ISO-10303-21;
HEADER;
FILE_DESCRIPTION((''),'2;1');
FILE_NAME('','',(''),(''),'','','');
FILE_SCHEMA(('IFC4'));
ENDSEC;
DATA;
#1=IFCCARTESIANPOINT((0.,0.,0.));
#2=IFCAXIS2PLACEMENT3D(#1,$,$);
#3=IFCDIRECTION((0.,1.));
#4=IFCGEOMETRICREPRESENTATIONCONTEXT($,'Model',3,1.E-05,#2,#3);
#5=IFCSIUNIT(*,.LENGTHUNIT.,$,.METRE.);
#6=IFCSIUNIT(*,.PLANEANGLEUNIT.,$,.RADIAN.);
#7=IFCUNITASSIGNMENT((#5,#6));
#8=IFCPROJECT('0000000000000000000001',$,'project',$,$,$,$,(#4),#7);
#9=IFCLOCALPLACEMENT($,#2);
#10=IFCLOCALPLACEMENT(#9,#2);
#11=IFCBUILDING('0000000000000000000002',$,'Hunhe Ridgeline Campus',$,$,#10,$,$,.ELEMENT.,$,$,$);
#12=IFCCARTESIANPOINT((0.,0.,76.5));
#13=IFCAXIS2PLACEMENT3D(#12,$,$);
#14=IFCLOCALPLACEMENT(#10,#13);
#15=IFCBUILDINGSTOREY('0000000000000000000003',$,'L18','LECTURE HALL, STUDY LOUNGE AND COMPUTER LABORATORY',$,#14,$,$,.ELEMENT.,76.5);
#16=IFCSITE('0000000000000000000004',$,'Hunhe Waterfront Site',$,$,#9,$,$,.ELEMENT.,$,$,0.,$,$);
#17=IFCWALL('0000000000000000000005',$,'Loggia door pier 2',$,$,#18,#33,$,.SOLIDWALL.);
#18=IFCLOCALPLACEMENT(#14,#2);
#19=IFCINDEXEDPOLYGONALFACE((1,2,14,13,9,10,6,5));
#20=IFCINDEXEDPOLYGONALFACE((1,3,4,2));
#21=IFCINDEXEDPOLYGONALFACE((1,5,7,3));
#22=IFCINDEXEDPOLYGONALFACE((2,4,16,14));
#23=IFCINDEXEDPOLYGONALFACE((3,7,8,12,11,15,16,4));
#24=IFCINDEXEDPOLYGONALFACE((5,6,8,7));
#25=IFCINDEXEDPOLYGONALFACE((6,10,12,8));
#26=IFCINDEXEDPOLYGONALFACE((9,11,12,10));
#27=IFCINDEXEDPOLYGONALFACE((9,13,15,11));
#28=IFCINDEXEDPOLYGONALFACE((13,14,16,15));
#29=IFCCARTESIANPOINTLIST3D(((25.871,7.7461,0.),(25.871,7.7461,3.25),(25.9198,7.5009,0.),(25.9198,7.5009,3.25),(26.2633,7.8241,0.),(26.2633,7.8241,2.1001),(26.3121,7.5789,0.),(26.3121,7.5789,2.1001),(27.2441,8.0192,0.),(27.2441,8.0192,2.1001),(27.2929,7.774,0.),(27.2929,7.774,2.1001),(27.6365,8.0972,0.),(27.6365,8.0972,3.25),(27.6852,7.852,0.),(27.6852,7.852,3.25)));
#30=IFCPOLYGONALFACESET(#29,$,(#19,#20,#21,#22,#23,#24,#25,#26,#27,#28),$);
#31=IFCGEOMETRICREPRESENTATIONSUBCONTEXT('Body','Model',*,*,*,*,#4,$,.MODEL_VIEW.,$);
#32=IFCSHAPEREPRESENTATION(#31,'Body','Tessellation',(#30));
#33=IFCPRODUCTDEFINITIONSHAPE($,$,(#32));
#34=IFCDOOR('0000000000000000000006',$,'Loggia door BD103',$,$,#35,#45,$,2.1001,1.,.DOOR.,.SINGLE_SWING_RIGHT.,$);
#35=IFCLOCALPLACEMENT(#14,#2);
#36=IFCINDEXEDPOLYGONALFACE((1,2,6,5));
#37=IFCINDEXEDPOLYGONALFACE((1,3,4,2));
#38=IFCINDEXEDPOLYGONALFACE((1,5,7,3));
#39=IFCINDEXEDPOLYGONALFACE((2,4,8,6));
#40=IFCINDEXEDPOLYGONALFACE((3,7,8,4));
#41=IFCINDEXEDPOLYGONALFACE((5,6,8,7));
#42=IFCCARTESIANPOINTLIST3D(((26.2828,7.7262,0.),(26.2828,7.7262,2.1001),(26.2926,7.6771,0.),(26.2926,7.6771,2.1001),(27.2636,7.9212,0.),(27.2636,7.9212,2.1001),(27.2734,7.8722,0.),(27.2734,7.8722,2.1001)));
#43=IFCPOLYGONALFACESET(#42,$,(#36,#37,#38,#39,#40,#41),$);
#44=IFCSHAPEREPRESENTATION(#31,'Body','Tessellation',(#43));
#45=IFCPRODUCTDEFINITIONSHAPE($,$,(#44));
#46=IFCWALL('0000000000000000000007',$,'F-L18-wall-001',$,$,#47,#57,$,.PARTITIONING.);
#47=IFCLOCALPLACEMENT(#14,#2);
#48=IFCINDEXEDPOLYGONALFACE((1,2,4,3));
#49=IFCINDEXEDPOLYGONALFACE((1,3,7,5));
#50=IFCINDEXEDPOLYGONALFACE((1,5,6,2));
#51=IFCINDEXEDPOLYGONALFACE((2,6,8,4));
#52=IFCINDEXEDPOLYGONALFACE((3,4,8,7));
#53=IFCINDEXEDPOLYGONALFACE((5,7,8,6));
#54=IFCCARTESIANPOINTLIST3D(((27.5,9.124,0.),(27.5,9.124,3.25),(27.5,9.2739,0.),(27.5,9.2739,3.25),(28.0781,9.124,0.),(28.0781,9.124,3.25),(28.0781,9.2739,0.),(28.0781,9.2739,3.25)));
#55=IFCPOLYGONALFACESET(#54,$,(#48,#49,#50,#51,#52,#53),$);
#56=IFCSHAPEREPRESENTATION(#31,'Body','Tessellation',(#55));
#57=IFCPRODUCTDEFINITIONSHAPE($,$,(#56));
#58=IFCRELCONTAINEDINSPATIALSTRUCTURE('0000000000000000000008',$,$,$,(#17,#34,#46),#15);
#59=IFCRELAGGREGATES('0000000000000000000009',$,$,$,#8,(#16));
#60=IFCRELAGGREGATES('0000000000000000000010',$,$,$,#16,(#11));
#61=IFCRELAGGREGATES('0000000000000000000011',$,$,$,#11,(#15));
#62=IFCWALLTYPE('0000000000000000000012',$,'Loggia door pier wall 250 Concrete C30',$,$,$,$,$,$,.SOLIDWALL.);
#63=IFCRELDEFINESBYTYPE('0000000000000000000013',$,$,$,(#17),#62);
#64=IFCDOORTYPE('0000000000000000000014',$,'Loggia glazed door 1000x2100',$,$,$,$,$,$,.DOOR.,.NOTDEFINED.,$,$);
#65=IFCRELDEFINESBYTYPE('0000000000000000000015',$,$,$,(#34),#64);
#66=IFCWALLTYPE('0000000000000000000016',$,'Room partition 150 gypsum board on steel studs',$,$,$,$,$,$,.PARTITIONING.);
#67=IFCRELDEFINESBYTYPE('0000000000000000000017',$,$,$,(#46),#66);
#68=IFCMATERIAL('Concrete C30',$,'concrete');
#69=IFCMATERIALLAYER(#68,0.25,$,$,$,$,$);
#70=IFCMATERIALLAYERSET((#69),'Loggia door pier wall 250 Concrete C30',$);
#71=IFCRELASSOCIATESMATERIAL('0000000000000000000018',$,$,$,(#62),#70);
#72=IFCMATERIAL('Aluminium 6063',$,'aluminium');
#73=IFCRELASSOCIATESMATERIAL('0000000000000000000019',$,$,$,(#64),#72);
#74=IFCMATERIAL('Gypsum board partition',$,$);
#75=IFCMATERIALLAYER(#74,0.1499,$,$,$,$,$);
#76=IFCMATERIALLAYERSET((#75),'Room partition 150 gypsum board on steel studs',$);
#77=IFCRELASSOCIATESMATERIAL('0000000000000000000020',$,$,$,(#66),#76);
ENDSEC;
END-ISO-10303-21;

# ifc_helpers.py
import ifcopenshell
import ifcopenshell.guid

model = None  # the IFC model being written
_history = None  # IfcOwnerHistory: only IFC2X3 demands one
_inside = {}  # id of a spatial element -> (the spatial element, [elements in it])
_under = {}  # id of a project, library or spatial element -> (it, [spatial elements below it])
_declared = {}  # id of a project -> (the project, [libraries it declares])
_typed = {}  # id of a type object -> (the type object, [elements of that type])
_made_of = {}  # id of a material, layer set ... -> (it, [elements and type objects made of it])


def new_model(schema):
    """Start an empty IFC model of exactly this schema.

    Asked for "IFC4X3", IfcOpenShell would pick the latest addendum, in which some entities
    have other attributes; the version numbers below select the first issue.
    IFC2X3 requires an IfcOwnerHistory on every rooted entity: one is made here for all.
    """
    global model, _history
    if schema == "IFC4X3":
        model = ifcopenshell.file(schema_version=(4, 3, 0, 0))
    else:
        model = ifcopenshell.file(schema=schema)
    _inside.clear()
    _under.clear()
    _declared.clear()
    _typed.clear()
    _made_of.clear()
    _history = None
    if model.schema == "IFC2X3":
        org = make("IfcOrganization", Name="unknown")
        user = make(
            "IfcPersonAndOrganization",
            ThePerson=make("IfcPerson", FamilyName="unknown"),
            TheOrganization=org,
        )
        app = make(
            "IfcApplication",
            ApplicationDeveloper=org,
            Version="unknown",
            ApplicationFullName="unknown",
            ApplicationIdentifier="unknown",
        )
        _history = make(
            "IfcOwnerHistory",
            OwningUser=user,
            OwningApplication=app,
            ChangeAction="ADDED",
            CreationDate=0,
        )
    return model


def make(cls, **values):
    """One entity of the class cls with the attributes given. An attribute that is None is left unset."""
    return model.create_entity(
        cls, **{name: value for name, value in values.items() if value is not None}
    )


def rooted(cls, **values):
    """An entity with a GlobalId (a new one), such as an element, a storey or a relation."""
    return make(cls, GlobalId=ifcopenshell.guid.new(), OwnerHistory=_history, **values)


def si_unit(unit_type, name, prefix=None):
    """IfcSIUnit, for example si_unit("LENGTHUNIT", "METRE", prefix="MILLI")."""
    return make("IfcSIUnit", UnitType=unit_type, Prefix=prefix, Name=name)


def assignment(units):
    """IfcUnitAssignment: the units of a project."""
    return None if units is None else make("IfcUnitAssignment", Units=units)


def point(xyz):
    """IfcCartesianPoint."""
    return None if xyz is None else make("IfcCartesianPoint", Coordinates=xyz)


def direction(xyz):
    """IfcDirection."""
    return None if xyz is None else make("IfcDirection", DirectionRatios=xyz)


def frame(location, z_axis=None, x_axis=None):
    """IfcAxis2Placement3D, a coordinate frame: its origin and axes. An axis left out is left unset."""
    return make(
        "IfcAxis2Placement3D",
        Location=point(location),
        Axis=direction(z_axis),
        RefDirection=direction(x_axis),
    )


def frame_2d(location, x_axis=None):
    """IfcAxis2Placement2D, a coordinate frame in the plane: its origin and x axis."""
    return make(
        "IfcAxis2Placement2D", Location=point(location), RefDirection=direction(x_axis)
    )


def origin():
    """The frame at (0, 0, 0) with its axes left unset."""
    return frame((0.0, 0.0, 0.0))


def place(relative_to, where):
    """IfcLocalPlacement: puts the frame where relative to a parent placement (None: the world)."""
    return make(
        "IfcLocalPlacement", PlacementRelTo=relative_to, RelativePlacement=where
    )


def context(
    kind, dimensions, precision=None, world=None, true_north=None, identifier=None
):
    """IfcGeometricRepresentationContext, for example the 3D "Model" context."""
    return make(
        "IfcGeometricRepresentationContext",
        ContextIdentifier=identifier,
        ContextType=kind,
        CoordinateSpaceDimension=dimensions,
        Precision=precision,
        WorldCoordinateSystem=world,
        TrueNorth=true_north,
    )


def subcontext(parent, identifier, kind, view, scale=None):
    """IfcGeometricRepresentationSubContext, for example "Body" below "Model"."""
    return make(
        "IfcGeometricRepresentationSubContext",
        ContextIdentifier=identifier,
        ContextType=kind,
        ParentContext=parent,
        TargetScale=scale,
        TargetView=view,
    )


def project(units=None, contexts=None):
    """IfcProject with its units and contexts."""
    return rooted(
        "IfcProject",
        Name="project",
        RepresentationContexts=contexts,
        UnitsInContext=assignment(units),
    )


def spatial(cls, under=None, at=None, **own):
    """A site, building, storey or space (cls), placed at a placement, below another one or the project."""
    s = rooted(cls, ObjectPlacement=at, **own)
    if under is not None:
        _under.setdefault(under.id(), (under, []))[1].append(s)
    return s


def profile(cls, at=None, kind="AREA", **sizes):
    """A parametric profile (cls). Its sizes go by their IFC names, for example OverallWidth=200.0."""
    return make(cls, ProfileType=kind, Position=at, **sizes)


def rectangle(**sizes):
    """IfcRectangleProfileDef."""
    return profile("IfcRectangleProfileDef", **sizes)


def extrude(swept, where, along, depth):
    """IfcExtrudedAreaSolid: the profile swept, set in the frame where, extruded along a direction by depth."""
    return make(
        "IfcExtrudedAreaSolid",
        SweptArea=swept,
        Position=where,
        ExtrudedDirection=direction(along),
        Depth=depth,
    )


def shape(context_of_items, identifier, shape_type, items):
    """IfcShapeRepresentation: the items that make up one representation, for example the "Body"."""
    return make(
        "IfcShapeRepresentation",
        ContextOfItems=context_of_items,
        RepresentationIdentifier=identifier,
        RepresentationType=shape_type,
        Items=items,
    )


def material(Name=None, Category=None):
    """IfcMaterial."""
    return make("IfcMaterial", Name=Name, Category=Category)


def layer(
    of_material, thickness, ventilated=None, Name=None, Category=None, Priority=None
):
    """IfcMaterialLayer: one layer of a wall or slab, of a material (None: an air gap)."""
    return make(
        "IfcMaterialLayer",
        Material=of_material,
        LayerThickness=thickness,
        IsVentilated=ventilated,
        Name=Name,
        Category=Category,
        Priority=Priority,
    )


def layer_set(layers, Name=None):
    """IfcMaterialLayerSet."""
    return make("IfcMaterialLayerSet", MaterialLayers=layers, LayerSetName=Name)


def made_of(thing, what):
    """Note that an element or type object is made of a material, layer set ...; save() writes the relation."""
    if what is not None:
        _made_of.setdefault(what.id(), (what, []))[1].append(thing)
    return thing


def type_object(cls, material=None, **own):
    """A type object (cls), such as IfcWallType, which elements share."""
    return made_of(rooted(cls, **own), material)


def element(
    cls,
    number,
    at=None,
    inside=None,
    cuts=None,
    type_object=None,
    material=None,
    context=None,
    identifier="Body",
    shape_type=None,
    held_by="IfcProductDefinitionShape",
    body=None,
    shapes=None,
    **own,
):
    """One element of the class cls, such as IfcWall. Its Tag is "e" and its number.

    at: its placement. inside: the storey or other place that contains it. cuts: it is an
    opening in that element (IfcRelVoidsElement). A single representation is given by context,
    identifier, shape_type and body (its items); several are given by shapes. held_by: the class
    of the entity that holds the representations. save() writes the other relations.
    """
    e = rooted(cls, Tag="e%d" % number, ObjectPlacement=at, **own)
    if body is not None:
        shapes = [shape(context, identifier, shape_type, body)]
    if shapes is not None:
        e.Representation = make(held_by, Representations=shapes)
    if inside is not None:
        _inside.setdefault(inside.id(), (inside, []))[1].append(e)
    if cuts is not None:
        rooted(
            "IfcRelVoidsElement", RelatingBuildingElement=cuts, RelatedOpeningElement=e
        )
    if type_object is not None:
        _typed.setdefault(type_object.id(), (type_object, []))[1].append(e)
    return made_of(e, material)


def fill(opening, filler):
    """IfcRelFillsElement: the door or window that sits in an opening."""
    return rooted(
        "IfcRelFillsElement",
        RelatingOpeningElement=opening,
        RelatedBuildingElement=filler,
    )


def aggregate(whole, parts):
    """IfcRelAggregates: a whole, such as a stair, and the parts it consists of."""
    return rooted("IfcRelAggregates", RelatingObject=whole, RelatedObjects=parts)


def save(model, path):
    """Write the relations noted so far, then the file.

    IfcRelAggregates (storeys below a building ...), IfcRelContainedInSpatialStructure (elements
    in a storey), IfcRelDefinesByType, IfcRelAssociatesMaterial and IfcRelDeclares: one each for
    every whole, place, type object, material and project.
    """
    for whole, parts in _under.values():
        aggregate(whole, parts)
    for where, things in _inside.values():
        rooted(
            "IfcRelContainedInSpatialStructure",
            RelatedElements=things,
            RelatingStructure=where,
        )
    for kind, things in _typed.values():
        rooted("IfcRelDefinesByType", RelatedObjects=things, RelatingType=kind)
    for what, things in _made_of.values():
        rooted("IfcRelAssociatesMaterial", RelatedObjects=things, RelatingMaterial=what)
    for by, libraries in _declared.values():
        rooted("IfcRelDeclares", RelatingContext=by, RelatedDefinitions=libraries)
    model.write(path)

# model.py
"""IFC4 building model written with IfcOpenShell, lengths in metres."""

from ifc_helpers import new_model, si_unit, direction, frame, frame_2d, origin, place, context, subcontext, project, spatial, rectangle, extrude, material, layer, layer_set, type_object, element, fill, save


model = new_model("IFC4")

# Units and contexts
model_context = context("Model", 3, precision=1e-05, world=origin(), true_north=direction((0.0, 1.0)))
body_context = subcontext(model_context, "Body", "Model", "MODEL_VIEW")
ifc_project = project(units=[si_unit("LENGTHUNIT", "METRE"), si_unit("PLANEANGLEUNIT", "RADIAN")], contexts=[model_context])

# Site, building, storey
site_placement = place(None, origin())
site = spatial("IfcSite", under=ifc_project, at=site_placement, Name="Hunhe Waterfront Site", CompositionType="ELEMENT", RefElevation=0.0)
building_placement = place(site_placement, origin())
building = spatial("IfcBuilding", under=site, at=building_placement, Name="Hunhe Ridgeline Campus", CompositionType="ELEMENT")
storey_placement = place(building_placement, frame((0.0, 0.0, 76.5)))
storey = spatial("IfcBuildingStorey", under=building, at=storey_placement, Name="L18", Description="LECTURE HALL, STUDY LOUNGE AND COMPUTER LABORATORY", CompositionType="ELEMENT", Elevation=76.5)

# Shared definitions
ifc_material_1 = material(Name="Aluminium 6063", Category="aluminium")

# Shared definitions
ifc_material_2 = material(Name="Gypsum board partition")

# Wall, opening, door
ifc_material_3 = material(Name="Concrete C30", Category="concrete")
ifc_layer_1 = layer(ifc_material_3, 0.25)
ifc_layer_set_1 = layer_set([ifc_layer_1], Name="Loggia door pier wall 250 Concrete C30")
wall_type_1 = type_object("IfcWallType", Name="Loggia door pier wall 250 Concrete C30", PredefinedType="SOLIDWALL", material=ifc_layer_set_1)
wall_1_placement = place(storey_placement, frame((25.8955, 7.6235, 0.0), z_axis=(0.0, 0.0, 1.0), x_axis=(0.980794, 0.195047, 0.0)))
wall_1 = element("IfcWall", 1, at=wall_1_placement, inside=storey, type_object=wall_type_1, Name="Loggia door pier 2", PredefinedType="SOLIDWALL", context=body_context, shape_type="SweptSolid", body=[
    extrude(rectangle(XDim=1.8, YDim=0.25, at=frame_2d((0.8999, 0.0))), origin(), (0.0, 0.0, 1.0), 3.25),
])
opening_1_placement = place(wall_1_placement, frame((0.3999, 0.0, 0.0)))
opening_1 = element("IfcOpeningElement", 2, at=opening_1_placement, cuts=wall_1, PredefinedType="OPENING", context=body_context, shape_type="SweptSolid", body=[
    extrude(rectangle(XDim=1.0, YDim=2.1001, at=frame_2d((0.5, 1.05))), frame((0.0, 0.125, 0.0), z_axis=(0.0, -1.0, 0.0), x_axis=(1.0, 0.0, 0.0)), (0.0, 0.0, 1.0), 0.25),
])
door_type_1 = type_object("IfcDoorType", Name="Loggia glazed door 1000x2100", OperationType="NOTDEFINED", PredefinedType="DOOR", material=ifc_material_1)
door_1_placement = place(opening_1_placement, frame((1.0, 0.0, 0.0), z_axis=(0.0, 0.0, 1.0), x_axis=(-1.0, 0.0, 0.0)))
door_1 = element("IfcDoor", 3, at=door_1_placement, inside=storey, type_object=door_type_1, Name="Loggia door BD103", OperationType="SINGLE_SWING_RIGHT", OverallHeight=2.1001, OverallWidth=1.0, PredefinedType="DOOR", context=body_context, shape_type="SweptSolid", body=[
    extrude(rectangle(XDim=1.0, YDim=2.1001, at=frame_2d((0.5, 1.05))), frame((0.0, 0.0249, 0.0), z_axis=(0.0, -1.0, 0.0), x_axis=(1.0, 0.0, 0.0)), (0.0, 0.0, 1.0), 0.05),
])
fill(opening_1, door_1)

# Wall
ifc_layer_2 = layer(ifc_material_2, 0.1499)
ifc_layer_set_2 = layer_set([ifc_layer_2], Name="Room partition 150 gypsum board on steel studs")
wall_type_2 = type_object("IfcWallType", Name="Room partition 150 gypsum board on steel studs", PredefinedType="PARTITIONING", material=ifc_layer_set_2)
wall_2_placement = place(storey_placement, frame((27.5, 9.199, 0.0), z_axis=(0.0, 0.0, 1.0), x_axis=(1.0, 0.0, 0.0)))
element("IfcWall", 4, at=wall_2_placement, inside=storey, type_object=wall_type_2, Name="F-L18-wall-001", PredefinedType="PARTITIONING", context=body_context, shape_type="SweptSolid", body=[
    extrude(rectangle(XDim=0.5781, YDim=0.1499, at=frame_2d((0.2891, 0.0))), origin(), (0.0, 0.0, 1.0), 3.25),
])

save(model, "model.ifc")
